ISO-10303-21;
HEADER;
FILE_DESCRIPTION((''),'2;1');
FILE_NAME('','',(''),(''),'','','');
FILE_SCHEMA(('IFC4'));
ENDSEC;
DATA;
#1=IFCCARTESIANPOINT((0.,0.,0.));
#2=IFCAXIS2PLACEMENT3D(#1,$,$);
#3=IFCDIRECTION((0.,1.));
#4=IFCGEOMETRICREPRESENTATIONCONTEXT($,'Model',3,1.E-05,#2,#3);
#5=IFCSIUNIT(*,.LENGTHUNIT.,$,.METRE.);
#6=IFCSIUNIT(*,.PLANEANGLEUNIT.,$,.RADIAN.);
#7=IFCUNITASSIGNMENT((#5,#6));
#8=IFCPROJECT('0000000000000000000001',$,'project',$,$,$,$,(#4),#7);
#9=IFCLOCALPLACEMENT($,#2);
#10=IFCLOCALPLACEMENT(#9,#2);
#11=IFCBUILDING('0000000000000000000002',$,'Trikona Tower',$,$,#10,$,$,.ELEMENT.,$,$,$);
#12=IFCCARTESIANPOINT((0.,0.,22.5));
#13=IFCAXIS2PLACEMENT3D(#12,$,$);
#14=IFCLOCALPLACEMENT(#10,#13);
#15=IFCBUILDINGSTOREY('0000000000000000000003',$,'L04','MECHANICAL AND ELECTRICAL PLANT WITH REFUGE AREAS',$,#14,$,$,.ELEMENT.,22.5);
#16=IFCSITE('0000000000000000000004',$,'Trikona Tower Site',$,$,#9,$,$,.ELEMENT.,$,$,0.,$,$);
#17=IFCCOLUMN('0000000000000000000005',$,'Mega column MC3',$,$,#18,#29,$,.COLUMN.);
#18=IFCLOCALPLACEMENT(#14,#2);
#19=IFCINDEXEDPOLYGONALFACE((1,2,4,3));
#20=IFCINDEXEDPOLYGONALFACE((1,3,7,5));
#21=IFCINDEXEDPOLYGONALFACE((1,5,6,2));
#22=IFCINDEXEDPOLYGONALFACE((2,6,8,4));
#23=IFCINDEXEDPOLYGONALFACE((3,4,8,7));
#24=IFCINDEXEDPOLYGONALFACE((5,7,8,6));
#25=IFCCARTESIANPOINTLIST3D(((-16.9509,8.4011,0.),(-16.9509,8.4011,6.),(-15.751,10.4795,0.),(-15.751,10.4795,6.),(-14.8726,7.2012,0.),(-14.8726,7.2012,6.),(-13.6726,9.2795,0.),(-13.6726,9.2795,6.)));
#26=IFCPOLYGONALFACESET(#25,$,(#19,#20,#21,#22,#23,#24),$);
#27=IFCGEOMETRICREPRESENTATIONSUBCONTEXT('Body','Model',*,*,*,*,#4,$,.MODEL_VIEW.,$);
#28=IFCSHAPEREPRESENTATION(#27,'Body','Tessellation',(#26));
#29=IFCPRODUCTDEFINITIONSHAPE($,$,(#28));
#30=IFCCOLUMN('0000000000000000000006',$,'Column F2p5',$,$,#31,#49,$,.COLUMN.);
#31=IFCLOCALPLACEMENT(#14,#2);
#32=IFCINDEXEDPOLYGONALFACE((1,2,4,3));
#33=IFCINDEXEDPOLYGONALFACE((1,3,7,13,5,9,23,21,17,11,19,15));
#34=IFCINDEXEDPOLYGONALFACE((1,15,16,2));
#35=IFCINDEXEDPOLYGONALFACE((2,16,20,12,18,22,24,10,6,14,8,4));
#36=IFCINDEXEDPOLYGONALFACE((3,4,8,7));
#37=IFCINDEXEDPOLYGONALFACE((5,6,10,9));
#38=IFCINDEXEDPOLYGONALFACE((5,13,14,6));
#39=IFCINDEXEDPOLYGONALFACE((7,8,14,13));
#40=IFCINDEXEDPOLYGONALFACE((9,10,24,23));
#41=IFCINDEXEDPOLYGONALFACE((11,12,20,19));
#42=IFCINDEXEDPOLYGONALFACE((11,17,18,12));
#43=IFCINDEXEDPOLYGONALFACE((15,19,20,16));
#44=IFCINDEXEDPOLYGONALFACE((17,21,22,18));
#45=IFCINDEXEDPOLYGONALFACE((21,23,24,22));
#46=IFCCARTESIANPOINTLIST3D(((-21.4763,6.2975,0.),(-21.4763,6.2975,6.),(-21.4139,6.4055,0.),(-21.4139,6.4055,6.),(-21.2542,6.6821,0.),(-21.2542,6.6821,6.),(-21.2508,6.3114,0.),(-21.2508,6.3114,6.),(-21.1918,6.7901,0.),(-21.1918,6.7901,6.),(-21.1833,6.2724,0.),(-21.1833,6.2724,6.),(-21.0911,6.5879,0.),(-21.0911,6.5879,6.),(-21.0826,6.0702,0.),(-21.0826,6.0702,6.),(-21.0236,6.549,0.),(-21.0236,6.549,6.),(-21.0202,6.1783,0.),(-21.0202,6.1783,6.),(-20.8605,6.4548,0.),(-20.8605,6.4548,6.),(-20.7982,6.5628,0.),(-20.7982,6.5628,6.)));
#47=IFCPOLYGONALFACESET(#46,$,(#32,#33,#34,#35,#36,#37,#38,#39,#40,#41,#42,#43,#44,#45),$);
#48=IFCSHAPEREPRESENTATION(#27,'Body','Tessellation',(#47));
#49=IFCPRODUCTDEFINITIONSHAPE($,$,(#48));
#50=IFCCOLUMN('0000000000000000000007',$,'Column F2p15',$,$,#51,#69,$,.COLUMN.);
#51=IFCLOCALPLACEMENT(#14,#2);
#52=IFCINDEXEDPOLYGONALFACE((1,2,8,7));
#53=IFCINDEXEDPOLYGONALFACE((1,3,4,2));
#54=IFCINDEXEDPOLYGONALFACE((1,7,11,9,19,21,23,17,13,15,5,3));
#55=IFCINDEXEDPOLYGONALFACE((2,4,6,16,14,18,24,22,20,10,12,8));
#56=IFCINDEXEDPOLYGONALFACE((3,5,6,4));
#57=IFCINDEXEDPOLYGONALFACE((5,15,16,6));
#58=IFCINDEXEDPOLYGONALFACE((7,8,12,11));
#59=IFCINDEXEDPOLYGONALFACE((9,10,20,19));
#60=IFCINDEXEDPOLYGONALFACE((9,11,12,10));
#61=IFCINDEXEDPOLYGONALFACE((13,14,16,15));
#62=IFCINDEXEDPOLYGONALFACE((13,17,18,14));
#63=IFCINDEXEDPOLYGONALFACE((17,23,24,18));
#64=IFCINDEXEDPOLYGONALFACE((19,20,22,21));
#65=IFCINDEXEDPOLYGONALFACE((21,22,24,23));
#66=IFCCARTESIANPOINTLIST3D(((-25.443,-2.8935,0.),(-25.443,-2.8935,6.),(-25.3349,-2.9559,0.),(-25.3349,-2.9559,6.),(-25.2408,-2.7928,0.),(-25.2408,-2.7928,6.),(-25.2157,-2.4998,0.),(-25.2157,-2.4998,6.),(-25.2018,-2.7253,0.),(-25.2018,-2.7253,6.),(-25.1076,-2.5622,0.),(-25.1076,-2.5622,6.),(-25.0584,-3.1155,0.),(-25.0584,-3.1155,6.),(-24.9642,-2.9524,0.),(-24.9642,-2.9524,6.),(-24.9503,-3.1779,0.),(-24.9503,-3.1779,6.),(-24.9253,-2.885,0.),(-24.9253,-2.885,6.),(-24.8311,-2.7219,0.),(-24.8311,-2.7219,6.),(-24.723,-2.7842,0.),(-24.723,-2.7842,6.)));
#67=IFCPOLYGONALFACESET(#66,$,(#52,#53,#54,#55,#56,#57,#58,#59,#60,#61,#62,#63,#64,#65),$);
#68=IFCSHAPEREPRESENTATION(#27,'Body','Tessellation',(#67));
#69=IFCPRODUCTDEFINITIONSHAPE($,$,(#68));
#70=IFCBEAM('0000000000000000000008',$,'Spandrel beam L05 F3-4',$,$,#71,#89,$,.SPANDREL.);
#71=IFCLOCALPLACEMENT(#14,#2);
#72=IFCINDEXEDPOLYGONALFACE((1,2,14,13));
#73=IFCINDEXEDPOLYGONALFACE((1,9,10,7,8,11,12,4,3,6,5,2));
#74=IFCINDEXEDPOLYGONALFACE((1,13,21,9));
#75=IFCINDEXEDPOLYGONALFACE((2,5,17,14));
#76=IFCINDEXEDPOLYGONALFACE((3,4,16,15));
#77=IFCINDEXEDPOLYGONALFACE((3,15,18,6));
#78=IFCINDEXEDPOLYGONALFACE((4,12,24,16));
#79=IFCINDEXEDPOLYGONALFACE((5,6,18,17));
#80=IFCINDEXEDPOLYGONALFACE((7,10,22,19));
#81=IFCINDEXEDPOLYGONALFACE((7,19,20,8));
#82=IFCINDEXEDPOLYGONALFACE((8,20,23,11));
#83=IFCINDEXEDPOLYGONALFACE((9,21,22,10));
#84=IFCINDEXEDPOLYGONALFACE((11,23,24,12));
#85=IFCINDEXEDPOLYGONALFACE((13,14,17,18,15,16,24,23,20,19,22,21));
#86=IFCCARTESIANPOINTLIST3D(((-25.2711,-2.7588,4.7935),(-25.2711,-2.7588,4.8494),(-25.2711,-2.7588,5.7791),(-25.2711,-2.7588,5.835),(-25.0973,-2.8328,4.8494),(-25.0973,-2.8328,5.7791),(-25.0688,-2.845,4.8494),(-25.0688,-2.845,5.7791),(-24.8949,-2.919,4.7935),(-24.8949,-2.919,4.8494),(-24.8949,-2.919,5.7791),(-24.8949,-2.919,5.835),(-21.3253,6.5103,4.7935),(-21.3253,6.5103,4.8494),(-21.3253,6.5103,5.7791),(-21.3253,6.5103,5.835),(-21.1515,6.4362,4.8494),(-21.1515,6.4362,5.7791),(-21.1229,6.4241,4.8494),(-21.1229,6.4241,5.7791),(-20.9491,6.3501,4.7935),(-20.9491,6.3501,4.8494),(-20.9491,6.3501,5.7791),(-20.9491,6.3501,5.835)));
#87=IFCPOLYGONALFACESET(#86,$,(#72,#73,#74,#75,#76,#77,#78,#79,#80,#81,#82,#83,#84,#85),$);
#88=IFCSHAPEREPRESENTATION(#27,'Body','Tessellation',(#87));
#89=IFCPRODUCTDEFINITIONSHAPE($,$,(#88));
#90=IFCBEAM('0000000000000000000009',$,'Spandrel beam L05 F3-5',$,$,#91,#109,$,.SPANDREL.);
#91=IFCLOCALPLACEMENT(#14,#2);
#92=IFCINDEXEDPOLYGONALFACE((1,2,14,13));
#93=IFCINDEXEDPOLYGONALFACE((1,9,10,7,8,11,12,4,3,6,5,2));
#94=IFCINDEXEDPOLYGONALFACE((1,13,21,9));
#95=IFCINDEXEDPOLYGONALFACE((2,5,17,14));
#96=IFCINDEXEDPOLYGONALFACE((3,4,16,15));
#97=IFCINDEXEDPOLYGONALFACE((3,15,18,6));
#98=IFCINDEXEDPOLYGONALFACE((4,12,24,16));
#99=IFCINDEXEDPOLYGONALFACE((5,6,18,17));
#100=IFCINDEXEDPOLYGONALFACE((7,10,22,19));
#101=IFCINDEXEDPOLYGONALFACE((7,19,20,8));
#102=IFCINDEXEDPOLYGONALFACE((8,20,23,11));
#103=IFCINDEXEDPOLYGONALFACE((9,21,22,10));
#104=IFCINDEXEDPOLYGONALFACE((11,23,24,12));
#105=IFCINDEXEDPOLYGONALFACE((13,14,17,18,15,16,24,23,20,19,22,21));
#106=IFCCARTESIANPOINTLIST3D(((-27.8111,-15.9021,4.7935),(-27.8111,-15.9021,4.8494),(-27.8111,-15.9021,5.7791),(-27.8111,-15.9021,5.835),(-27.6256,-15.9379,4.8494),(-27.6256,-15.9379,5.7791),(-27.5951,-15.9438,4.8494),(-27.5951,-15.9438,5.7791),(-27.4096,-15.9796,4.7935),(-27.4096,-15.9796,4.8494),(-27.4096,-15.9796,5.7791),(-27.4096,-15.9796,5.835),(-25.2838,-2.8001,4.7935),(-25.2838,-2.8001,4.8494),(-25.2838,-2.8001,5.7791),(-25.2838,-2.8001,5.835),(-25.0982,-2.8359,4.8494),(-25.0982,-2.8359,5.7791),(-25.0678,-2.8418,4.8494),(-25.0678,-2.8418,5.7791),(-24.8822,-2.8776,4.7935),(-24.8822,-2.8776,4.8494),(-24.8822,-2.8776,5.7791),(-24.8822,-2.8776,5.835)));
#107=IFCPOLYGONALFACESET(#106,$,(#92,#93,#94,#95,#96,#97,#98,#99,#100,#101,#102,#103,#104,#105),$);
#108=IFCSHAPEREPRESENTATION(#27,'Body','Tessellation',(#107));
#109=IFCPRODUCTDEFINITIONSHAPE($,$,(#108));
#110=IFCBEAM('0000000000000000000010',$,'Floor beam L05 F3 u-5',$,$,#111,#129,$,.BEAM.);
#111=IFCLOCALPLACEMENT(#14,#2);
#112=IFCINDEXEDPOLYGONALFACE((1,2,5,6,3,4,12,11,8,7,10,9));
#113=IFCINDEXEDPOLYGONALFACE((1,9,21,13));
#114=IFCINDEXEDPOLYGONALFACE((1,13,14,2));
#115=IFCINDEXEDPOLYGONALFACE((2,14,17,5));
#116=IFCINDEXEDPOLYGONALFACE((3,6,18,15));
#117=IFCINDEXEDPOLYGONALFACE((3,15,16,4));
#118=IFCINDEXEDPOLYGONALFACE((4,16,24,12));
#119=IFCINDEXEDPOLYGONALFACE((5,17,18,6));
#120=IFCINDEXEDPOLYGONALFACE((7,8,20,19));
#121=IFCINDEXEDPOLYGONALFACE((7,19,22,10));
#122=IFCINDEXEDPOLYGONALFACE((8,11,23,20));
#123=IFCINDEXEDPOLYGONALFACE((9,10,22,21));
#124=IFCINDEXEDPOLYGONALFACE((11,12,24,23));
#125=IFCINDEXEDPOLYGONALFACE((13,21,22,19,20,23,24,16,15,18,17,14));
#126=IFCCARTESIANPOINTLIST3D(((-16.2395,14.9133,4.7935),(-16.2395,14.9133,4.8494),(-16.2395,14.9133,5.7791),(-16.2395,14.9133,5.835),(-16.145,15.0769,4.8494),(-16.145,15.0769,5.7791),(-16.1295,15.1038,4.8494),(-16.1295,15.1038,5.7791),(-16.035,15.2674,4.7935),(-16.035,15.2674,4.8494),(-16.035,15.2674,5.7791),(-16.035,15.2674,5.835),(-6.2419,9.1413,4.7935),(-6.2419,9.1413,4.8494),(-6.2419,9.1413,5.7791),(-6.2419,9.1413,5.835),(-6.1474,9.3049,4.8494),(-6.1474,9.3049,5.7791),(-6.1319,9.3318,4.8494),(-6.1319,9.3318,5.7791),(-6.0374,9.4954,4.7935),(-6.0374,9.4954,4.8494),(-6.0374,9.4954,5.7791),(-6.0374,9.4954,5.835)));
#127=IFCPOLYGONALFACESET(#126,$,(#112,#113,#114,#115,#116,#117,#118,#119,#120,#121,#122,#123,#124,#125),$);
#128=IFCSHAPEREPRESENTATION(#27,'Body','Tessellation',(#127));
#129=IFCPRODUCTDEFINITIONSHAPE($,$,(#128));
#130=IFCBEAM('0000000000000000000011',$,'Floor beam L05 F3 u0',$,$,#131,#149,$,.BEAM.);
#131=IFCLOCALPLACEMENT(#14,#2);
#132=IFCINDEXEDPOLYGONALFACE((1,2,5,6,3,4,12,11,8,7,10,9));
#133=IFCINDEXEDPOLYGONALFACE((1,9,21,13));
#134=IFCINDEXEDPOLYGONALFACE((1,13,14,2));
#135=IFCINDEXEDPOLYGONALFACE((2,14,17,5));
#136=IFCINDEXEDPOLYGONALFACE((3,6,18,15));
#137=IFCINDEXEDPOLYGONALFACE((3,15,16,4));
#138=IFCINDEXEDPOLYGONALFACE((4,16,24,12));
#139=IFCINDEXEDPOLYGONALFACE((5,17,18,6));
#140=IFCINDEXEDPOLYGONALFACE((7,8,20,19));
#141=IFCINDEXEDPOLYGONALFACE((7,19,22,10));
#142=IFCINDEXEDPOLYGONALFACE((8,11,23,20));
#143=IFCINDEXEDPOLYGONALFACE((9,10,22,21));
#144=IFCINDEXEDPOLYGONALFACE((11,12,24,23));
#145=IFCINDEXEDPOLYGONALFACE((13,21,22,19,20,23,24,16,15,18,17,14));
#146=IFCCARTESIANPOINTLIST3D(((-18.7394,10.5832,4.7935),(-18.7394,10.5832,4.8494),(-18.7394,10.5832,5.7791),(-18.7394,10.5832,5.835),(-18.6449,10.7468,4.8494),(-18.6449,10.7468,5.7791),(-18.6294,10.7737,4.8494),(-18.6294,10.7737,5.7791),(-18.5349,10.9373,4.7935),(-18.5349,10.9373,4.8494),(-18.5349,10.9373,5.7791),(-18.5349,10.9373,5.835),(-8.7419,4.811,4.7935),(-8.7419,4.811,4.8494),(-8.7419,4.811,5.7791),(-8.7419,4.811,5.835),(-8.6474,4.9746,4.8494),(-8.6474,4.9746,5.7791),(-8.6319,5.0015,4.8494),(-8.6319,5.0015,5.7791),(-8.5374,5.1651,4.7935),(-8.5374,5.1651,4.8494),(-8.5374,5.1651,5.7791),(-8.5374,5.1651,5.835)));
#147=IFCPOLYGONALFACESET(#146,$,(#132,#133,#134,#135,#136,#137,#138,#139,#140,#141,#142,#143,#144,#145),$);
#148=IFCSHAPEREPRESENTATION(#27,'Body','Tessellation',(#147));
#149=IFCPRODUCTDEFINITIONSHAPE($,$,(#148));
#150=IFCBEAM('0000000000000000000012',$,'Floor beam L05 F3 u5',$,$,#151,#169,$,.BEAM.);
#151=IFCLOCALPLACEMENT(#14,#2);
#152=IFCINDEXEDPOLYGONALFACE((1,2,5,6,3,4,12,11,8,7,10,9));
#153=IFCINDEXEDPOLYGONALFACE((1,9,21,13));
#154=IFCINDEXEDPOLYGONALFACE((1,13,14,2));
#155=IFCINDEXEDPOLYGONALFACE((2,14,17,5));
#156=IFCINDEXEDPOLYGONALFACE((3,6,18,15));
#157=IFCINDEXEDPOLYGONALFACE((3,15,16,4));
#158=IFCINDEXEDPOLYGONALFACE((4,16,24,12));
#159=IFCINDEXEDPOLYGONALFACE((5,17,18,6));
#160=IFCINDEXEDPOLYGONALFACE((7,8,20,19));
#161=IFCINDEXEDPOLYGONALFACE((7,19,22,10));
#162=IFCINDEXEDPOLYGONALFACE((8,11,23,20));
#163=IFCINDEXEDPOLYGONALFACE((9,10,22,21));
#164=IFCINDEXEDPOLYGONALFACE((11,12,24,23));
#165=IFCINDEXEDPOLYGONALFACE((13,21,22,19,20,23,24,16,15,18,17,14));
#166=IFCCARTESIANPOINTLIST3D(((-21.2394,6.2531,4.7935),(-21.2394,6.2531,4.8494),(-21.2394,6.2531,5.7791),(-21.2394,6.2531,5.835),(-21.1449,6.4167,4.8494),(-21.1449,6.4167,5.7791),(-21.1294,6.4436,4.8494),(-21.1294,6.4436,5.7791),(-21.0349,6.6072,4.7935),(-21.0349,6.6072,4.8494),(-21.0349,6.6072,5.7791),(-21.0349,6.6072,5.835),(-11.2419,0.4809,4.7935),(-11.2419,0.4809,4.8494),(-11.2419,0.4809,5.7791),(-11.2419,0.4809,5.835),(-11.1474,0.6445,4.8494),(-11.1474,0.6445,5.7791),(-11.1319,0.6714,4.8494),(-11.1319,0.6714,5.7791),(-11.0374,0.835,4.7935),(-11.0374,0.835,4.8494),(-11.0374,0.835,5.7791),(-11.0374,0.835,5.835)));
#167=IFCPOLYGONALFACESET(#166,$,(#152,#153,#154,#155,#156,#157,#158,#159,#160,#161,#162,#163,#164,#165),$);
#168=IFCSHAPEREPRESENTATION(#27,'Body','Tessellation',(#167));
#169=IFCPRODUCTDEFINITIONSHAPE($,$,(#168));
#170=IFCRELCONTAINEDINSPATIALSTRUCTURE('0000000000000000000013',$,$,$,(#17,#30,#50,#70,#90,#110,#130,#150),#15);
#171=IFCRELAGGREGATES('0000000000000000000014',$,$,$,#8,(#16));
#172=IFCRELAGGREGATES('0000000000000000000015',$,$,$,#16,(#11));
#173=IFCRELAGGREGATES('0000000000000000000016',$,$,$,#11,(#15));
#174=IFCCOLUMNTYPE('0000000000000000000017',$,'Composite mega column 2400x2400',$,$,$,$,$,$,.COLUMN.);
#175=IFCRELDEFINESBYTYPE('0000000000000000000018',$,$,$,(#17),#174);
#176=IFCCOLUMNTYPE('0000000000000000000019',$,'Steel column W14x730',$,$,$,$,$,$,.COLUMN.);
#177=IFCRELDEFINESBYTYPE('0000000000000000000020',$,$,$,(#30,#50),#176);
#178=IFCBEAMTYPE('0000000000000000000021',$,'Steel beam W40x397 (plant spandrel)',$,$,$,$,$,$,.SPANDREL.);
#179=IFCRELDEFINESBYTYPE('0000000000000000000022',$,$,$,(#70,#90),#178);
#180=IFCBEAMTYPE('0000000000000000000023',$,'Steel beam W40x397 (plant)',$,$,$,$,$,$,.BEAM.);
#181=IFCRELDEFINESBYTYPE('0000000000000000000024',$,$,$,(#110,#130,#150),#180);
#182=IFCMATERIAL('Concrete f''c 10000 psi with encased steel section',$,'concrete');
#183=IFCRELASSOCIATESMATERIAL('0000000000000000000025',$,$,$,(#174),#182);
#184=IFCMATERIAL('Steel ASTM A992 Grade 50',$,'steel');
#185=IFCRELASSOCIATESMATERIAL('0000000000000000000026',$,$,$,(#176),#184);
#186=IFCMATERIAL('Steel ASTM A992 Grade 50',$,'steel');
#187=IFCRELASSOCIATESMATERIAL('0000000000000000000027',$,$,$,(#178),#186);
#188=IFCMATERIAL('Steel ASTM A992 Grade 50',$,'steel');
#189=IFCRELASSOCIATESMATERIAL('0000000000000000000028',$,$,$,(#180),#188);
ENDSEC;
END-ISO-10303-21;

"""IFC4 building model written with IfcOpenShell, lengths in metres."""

from ifc_helpers import new_model, si_unit, direction, frame, origin, origin_2d, place, context, subcontext, project, spatial, rectangle, i_section, extrude, material, material_profile, profile_set, type_object, element, save


model = new_model("IFC4")

# Units and contexts
model_context = context("Model", 3, precision=1e-05, world=origin(), true_north=direction((0.0, 1.0)))
body_context = subcontext(model_context, "Body", "Model", "MODEL_VIEW")
ifc_project = project(units=[si_unit("LENGTHUNIT", "METRE"), si_unit("PLANEANGLEUNIT", "RADIAN")], contexts=[model_context])

# Site, building, storey
site_placement = place(None, origin())
site = spatial("IfcSite", under=ifc_project, at=site_placement, Name="Trikona Tower Site", CompositionType="ELEMENT", RefElevation=0.0)
building_placement = place(site_placement, origin())
building = spatial("IfcBuilding", under=site, at=building_placement, Name="Trikona Tower", CompositionType="ELEMENT")
storey_placement = place(building_placement, frame((0.0, 0.0, 22.5)))
storey = spatial("IfcBuildingStorey", under=building, at=storey_placement, Name="L04", Description="MECHANICAL AND ELECTRICAL PLANT WITH REFUGE AREAS", CompositionType="ELEMENT", Elevation=22.5)

# Columns
ifc_material_1 = material(Name="Concrete f'c 10000 psi with encased steel section", Category="concrete")
ifc_material_profile_1 = material_profile(ifc_material_1, rectangle(XDim=2.3999, YDim=2.3999, at=origin_2d()), Name="MC2400")
ifc_profile_set_1 = profile_set([ifc_material_profile_1], Name="Concrete f'c 10000 psi with encased steel section")
column_type_1 = type_object("IfcColumnType", Name="Composite mega column 2400x2400", PredefinedType="COLUMN", material=ifc_profile_set_1)
column_placement = place(storey_placement, frame((-15.3118, 8.8403, 0.0), z_axis=(0.0, 0.0, 1.0), x_axis=(-0.866025, 0.5, 0.0)))
element("IfcColumn", 1, at=column_placement, inside=storey, type_object=column_type_1, Name="Mega column MC3", PredefinedType="COLUMN", context=body_context, shape_type="SweptSolid", body=[
    extrude(rectangle(XDim=2.3999, YDim=2.3999, at=origin_2d()), origin(), (0.0, 0.0, 1.0), 6.0),
])
ifc_material_2 = material(Name="Steel ASTM A992 Grade 50", Category="steel")
ifc_material_profile_2 = material_profile(ifc_material_2, i_section(OverallWidth=0.4546, OverallDepth=0.5688, WebThickness=0.0779, FlangeThickness=0.1248, at=origin_2d()), Name="W14X730")
ifc_profile_set_2 = profile_set([ifc_material_profile_2], Name="Steel ASTM A992 Grade 50")
column_type_2 = type_object("IfcColumnType", Name="Steel column W14x730", PredefinedType="COLUMN", material=ifc_profile_set_2)
for number, where, z_axis, x_axis, name in (
    (2, (-21.1372, 6.4302, 0.0), (0.0, 0.0, 1.0), (-0.866025, 0.5, 0.0), "Column F2p5"),
    (3, (-25.083, -2.8389, 0.0), (0.0, 0.0, 1.0), (-0.5, -0.866025, 0.0), "Column F2p15"),
):
    element("IfcColumn", number, at=place(storey_placement, frame(where, z_axis=z_axis, x_axis=x_axis)), inside=storey, type_object=column_type_2, Name=name, PredefinedType="COLUMN", context=body_context, shape_type="SweptSolid", body=[
        extrude(i_section(OverallWidth=0.4546, OverallDepth=0.5688, WebThickness=0.0779, FlangeThickness=0.1248, at=origin_2d()), origin(), (0.0, 0.0, 1.0), 6.0),
    ])

# Beams
ifc_material_3 = material(Name="Steel ASTM A992 Grade 50", Category="steel")
ifc_material_profile_3 = material_profile(ifc_material_3, i_section(OverallWidth=0.4089, OverallDepth=1.0415, WebThickness=0.031, FlangeThickness=0.0559, at=origin_2d()), Name="W40X397")
ifc_profile_set_3 = profile_set([ifc_material_profile_3], Name="Steel ASTM A992 Grade 50")
beam_type_1 = type_object("IfcBeamType", Name="Steel beam W40x397 (plant spandrel)", PredefinedType="SPANDREL", material=ifc_profile_set_3)
beam_1_placement = place(storey_placement, frame((-21.1372, 6.4302, 5.3142), z_axis=(-0.391684, -0.9201, 0.0), x_axis=(0.9201, -0.391684, 0.0)))
element("IfcBeam", 4, at=beam_1_placement, inside=storey, type_object=beam_type_1, Name="Spandrel beam L05 F3-4", PredefinedType="SPANDREL", context=body_context, shape_type="SweptSolid", body=[
    extrude(i_section(OverallWidth=0.4089, OverallDepth=1.0415, WebThickness=0.031, FlangeThickness=0.0559, at=origin_2d()), origin(), (0.0, 0.0, 1.0), 10.074),
])
beam_2_placement = place(storey_placement, frame((-25.083, -2.8389, 5.3142), z_axis=(-0.189405, -0.981899, 0.0), x_axis=(0.981899, -0.189405, 0.0)))
element("IfcBeam", 5, at=beam_2_placement, inside=storey, type_object=beam_type_1, Name="Spandrel beam L05 F3-5", PredefinedType="SPANDREL", context=body_context, shape_type="SweptSolid", body=[
    extrude(i_section(OverallWidth=0.4089, OverallDepth=1.0415, WebThickness=0.031, FlangeThickness=0.0559, at=origin_2d()), origin(), (0.0, 0.0, 1.0), 13.3435),
])
ifc_material_4 = material(Name="Steel ASTM A992 Grade 50", Category="steel")
ifc_material_profile_4 = material_profile(ifc_material_4, i_section(OverallWidth=0.4089, OverallDepth=1.0415, WebThickness=0.031, FlangeThickness=0.0559, at=origin_2d()), Name="W40X397")
ifc_profile_set_4 = profile_set([ifc_material_profile_4], Name="Steel ASTM A992 Grade 50")
beam_type_2 = type_object("IfcBeamType", Name="Steel beam W40x397 (plant)", PredefinedType="BEAM", material=ifc_profile_set_4)
for number, where, z_axis, x_axis, name in (
    (6, (-6.1396, 9.3184, 5.3142), (-0.86603, 0.499992, 0.0), (-0.499992, -0.86603, 0.0), "Floor beam L05 F3 u-5"),
    (7, (-8.6396, 4.988, 5.3142), (-0.866021, 0.500008, 0.0), (-0.500008, -0.866021, 0.0), "Floor beam L05 F3 u0"),
    (8, (-11.1396, 0.658, 5.3142), (-0.866021, 0.500008, 0.0), (-0.500008, -0.866021, 0.0), "Floor beam L05 F3 u5"),
):
    element("IfcBeam", number, at=place(storey_placement, frame(where, z_axis=z_axis, x_axis=x_axis)), inside=storey, type_object=beam_type_2, Name=name, PredefinedType="BEAM", context=body_context, shape_type="SweptSolid", body=[
        extrude(i_section(OverallWidth=0.4089, OverallDepth=1.0415, WebThickness=0.031, FlangeThickness=0.0559, at=origin_2d()), origin(), (0.0, 0.0, 1.0), 11.5442),
    ])

save(model, "model.ifc")
